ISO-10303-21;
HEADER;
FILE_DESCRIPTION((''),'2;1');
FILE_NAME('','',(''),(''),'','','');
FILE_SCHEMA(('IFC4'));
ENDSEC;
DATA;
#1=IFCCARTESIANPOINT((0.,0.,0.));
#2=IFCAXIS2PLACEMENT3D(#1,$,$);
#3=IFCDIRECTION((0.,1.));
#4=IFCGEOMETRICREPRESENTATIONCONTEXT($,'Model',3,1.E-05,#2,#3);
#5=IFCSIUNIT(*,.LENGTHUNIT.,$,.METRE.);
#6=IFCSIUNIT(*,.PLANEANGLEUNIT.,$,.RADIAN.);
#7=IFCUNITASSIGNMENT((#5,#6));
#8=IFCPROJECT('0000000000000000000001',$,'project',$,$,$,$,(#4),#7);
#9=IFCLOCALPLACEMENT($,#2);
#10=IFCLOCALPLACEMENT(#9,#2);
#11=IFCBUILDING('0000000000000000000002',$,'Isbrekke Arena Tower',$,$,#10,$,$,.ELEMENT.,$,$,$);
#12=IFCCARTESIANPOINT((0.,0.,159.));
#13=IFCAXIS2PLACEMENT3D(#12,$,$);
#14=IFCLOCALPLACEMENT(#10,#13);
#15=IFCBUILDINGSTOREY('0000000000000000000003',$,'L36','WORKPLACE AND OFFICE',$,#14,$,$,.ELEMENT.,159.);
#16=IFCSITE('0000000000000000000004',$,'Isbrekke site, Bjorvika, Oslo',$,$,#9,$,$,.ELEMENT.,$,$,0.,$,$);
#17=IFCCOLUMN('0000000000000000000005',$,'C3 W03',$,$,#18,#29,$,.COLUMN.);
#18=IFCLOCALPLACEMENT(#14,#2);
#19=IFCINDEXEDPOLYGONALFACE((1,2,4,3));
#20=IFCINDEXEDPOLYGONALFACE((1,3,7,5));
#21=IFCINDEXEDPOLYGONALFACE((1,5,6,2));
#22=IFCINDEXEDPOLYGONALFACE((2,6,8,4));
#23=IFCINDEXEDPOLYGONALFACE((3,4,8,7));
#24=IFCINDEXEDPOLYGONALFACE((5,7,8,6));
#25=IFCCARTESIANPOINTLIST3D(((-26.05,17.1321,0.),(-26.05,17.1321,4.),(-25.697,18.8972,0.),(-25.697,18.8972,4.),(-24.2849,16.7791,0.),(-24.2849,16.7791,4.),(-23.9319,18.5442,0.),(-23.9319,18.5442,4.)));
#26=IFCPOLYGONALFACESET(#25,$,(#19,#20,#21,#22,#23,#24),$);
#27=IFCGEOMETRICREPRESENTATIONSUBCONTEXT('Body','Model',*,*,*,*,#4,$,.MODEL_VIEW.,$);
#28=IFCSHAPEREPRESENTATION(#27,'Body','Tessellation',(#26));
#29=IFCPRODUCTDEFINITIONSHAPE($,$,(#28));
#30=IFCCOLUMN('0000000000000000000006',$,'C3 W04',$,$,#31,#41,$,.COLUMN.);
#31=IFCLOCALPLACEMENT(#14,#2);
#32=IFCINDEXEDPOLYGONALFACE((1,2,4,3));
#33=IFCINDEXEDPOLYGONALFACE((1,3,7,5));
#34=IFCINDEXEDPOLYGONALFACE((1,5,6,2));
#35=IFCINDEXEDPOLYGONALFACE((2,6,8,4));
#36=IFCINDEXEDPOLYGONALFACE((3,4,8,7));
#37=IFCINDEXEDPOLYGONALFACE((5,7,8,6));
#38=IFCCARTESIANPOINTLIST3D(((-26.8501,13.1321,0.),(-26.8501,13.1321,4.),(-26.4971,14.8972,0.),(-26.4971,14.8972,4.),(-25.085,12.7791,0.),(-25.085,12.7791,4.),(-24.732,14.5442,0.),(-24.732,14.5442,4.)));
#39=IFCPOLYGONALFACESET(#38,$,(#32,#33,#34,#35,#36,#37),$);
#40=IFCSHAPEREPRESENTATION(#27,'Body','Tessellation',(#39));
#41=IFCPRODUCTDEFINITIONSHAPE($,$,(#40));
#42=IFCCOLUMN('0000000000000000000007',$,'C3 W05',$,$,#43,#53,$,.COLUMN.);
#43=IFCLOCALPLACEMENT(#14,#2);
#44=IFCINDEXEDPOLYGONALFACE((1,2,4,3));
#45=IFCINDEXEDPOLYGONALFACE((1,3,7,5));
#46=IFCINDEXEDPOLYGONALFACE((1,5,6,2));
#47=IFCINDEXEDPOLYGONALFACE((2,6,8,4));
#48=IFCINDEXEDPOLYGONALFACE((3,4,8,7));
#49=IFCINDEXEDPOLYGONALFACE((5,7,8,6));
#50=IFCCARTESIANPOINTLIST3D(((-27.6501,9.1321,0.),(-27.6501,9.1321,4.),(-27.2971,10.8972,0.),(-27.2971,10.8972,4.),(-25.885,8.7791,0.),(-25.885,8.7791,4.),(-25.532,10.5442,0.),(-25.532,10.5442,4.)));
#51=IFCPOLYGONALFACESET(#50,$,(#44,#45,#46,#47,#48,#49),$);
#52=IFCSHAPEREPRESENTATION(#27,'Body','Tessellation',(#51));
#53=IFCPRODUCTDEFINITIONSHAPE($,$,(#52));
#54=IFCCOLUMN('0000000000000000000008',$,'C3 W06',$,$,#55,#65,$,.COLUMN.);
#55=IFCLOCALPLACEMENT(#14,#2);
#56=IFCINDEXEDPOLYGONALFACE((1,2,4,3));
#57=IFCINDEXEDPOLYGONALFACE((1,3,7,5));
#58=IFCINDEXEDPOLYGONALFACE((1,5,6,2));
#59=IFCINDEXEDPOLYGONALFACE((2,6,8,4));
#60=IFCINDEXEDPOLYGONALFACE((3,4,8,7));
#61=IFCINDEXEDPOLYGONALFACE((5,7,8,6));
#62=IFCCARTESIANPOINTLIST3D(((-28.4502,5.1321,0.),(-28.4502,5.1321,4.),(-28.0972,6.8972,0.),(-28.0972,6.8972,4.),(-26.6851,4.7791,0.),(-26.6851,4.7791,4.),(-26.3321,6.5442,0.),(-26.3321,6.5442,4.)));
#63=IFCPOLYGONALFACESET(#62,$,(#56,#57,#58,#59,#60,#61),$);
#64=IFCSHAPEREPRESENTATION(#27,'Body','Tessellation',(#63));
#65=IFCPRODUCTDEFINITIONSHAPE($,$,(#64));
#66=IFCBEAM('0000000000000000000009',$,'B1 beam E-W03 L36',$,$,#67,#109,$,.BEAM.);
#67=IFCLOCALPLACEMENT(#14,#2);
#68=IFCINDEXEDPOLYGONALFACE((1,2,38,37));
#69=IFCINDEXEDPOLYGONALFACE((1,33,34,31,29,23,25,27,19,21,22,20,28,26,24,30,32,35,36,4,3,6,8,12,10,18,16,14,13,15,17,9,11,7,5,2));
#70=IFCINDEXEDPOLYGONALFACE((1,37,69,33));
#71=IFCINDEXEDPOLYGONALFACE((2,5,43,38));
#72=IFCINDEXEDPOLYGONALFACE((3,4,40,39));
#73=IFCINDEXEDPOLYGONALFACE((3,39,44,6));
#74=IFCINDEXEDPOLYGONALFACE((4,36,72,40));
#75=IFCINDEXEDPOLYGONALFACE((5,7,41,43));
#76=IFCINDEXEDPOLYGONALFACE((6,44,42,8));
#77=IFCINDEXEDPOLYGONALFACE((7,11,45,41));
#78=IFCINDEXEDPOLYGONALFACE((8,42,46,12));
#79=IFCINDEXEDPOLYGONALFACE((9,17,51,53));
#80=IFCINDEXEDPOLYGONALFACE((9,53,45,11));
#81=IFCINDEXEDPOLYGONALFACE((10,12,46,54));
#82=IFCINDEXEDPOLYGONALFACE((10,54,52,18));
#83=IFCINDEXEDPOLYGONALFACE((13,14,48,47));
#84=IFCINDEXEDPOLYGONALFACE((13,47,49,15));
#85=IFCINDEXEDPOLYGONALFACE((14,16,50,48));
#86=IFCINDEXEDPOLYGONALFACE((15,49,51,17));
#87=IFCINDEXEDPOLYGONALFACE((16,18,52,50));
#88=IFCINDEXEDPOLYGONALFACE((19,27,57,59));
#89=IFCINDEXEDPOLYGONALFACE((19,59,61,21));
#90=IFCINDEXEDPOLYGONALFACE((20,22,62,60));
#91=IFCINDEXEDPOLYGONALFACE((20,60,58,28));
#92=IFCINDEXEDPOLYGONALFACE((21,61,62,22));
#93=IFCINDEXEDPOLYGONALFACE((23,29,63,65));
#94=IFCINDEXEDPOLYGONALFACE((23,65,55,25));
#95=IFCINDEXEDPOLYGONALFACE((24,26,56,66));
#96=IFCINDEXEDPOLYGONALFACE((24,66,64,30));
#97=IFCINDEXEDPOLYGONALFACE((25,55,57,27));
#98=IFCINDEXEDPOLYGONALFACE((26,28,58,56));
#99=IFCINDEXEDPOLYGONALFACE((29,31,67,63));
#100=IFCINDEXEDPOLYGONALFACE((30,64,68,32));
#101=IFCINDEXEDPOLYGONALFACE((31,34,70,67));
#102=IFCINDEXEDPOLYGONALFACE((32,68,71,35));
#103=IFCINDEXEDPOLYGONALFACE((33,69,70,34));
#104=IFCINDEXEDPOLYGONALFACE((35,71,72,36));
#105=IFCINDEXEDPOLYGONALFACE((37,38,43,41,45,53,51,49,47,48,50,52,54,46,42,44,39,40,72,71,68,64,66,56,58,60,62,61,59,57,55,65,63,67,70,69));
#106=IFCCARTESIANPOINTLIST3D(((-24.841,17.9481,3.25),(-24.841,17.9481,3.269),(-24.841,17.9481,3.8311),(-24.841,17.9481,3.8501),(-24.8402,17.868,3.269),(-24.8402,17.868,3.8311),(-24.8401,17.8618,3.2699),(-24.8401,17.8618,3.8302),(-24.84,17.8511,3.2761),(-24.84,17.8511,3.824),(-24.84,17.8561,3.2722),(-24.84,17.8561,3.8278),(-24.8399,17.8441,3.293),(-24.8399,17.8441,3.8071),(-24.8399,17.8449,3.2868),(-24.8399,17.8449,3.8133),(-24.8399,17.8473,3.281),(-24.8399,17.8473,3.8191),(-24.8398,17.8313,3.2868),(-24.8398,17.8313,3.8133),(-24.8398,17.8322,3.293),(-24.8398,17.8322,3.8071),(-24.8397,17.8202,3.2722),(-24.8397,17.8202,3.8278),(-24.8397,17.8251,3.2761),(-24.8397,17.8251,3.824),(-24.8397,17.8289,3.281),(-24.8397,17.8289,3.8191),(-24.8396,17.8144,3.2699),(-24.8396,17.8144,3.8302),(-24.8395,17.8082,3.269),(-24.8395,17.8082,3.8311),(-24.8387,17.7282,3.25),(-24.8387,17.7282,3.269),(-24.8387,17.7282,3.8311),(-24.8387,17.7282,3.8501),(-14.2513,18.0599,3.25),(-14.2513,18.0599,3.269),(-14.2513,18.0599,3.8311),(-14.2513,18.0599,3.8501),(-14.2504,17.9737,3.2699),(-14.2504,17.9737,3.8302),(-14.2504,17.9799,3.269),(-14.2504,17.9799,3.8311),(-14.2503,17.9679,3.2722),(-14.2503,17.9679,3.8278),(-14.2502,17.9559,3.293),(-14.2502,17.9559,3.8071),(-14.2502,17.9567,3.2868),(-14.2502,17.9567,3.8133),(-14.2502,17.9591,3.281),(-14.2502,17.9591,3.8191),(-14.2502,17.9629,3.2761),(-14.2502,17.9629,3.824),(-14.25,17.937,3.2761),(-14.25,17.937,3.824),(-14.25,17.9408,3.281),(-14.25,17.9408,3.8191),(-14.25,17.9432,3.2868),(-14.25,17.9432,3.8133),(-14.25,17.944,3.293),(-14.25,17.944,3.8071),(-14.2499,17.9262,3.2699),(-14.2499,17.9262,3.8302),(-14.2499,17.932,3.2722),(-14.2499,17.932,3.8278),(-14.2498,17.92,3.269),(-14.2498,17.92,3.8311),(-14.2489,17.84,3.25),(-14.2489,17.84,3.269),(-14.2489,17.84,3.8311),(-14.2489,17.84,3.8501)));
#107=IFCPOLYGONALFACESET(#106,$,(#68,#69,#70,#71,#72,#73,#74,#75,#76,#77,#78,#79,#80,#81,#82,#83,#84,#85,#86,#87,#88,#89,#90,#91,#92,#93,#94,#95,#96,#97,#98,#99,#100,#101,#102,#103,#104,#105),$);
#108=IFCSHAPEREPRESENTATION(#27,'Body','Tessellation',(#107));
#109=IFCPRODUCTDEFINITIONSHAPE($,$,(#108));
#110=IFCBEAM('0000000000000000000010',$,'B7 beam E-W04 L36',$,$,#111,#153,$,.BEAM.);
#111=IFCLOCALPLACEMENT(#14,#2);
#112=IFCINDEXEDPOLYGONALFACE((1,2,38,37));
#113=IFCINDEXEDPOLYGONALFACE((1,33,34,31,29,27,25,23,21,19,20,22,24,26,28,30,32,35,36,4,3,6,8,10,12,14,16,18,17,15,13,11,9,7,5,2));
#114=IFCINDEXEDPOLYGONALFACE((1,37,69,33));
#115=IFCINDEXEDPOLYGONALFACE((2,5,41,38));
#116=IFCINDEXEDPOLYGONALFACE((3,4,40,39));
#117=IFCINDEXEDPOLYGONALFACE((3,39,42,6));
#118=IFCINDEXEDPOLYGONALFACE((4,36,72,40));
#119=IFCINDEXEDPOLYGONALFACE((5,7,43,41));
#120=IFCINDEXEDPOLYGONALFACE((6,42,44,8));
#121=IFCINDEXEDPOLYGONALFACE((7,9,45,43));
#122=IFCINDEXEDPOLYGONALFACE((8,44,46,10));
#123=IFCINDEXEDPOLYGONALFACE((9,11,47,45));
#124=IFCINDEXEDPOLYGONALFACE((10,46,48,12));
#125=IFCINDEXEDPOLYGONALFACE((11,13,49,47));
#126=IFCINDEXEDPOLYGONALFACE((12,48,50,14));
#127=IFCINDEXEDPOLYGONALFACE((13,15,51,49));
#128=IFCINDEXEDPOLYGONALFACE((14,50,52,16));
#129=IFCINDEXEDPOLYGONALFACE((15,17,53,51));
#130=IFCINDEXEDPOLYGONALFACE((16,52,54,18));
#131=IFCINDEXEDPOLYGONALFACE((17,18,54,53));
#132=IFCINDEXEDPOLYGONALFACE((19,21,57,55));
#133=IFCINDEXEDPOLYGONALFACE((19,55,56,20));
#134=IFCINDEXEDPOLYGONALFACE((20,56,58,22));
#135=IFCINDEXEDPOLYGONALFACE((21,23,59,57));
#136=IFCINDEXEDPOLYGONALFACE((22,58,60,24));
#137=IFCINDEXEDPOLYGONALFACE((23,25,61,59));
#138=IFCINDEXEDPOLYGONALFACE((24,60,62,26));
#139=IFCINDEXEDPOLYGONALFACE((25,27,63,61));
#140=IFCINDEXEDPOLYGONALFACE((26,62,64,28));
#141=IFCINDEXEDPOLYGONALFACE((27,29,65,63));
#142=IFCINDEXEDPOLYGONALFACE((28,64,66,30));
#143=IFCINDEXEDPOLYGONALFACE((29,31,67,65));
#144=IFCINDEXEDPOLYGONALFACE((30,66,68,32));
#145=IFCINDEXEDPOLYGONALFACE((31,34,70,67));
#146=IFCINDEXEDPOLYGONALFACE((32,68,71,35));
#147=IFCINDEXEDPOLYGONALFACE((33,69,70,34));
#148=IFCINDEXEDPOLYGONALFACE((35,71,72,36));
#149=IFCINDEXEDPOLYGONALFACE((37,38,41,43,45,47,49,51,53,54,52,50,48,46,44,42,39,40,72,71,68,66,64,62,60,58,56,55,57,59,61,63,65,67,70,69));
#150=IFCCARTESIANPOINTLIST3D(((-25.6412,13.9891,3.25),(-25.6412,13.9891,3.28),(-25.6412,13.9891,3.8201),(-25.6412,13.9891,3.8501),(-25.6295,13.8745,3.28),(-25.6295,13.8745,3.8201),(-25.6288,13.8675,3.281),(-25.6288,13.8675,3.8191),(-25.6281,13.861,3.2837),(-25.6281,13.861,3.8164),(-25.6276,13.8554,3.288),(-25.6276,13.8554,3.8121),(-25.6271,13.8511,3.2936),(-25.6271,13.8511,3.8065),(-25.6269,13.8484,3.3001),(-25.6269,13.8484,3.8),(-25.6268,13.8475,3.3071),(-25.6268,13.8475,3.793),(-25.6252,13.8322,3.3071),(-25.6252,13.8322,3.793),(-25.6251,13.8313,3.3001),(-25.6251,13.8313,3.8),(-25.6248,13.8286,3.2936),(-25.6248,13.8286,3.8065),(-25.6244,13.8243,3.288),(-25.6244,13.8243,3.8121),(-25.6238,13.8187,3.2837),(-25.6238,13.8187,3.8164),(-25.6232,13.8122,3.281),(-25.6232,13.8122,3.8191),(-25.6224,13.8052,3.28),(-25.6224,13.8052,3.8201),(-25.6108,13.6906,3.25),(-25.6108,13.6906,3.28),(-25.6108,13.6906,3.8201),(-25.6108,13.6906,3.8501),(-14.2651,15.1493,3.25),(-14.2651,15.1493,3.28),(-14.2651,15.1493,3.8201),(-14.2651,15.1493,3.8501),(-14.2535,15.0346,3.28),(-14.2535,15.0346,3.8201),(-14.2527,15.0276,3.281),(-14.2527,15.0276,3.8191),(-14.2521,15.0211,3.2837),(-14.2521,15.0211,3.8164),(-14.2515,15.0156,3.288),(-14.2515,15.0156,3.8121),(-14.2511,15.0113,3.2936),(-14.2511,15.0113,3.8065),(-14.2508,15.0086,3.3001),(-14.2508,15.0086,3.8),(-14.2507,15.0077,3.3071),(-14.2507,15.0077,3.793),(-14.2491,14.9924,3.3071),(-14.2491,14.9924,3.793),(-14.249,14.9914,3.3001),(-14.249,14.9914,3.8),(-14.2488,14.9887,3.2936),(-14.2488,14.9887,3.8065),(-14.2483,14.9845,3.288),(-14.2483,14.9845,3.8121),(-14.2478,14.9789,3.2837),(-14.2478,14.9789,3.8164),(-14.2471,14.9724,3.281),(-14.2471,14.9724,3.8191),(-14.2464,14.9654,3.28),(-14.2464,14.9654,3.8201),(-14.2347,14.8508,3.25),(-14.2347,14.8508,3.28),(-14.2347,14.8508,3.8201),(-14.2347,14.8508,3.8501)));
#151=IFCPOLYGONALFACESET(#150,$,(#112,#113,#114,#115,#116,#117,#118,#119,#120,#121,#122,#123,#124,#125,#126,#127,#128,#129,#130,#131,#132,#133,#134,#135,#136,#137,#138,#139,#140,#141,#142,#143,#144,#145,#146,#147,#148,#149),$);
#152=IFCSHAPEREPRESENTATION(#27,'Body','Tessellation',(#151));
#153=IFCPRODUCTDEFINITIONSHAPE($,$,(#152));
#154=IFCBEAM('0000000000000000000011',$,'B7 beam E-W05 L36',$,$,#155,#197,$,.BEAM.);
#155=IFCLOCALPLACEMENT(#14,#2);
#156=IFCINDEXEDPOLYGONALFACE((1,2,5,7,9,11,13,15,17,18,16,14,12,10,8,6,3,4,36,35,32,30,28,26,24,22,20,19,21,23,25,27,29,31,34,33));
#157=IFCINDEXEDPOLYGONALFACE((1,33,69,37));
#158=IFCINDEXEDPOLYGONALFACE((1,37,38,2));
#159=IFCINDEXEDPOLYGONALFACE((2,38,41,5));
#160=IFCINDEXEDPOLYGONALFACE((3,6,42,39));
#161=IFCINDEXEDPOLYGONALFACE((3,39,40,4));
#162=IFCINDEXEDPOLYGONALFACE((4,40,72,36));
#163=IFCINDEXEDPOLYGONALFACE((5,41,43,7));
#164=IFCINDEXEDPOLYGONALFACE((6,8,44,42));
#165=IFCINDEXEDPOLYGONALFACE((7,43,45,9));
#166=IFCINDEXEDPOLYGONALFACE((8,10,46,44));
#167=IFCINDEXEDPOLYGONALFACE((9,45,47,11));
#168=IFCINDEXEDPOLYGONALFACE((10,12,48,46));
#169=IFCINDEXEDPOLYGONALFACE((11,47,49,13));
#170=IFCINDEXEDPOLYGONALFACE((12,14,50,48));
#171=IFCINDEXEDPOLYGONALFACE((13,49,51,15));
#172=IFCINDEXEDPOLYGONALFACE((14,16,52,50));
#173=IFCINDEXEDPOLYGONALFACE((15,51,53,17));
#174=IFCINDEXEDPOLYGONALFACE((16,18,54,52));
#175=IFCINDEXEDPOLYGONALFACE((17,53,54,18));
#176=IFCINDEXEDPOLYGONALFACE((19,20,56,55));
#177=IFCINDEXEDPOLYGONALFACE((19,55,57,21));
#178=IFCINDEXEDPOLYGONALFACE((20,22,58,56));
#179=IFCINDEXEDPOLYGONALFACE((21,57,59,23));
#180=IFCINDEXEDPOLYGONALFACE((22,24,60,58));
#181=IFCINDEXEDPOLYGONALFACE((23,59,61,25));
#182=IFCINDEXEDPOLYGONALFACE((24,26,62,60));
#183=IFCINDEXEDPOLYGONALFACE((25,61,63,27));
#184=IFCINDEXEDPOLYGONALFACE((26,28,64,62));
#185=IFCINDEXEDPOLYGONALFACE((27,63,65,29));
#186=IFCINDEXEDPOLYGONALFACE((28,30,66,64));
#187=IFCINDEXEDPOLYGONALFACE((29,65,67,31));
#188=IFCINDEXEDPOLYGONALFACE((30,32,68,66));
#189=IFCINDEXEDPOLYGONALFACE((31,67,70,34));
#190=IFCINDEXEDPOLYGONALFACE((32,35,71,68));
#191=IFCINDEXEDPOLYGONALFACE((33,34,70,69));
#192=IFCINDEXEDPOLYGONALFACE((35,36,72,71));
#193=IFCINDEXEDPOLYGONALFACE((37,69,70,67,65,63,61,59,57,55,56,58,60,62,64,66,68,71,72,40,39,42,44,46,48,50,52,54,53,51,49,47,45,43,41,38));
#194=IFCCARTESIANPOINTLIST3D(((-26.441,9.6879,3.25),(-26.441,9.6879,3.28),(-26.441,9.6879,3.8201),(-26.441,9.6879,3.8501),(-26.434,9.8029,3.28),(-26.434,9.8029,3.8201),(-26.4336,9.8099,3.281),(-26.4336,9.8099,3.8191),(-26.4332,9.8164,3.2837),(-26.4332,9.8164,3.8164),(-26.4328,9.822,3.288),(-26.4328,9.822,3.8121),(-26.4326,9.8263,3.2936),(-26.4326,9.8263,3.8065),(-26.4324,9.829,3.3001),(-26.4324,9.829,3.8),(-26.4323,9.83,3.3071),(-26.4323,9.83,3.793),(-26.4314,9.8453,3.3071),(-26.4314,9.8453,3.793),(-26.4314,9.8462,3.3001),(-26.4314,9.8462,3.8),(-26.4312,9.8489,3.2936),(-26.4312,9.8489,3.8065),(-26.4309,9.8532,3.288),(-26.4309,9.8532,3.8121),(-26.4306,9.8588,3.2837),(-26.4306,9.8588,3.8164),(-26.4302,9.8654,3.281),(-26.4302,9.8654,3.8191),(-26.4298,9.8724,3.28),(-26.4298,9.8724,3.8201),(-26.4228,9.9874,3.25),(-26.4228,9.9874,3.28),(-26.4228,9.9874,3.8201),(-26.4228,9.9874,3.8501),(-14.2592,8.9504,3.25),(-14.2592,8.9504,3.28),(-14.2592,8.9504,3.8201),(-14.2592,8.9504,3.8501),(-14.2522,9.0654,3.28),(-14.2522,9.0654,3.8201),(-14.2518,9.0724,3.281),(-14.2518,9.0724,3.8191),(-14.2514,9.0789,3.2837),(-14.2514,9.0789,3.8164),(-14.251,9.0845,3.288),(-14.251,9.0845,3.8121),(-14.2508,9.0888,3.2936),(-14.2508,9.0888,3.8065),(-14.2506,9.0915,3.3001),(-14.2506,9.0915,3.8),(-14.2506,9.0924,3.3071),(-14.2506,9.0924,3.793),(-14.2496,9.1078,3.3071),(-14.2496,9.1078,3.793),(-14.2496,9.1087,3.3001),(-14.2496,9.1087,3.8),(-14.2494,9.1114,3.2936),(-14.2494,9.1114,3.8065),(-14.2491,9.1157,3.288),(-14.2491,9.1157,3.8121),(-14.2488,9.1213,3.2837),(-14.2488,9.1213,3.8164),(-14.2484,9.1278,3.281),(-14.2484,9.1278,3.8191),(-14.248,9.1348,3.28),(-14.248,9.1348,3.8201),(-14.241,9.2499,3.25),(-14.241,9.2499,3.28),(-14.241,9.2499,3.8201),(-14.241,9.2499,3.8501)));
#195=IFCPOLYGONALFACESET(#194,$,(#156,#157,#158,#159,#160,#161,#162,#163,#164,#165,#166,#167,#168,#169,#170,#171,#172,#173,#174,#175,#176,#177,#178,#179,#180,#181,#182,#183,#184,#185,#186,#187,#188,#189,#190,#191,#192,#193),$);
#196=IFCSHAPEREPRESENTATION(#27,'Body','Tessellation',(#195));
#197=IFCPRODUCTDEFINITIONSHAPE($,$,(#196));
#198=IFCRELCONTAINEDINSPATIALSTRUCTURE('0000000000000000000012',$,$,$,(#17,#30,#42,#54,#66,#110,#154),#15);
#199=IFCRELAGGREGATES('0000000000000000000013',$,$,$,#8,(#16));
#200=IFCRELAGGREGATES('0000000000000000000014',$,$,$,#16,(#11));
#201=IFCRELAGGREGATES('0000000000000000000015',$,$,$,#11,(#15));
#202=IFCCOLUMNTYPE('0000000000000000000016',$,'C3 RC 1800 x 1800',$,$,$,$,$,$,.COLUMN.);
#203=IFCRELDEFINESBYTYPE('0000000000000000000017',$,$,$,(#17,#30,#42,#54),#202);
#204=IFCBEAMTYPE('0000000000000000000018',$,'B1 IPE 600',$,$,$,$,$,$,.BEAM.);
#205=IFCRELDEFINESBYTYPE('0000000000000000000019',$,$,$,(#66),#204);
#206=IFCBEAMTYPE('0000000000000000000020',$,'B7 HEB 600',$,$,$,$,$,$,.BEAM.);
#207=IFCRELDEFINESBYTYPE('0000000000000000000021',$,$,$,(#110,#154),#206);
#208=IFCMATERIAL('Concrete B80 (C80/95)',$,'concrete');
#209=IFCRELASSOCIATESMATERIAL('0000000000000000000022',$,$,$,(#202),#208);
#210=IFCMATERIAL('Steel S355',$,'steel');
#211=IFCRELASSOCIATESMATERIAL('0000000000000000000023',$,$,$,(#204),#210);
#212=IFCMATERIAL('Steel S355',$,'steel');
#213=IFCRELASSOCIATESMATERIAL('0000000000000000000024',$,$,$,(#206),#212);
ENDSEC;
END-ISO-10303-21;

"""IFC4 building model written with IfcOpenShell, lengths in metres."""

from ifc_helpers import new_model, si_unit, direction, frame, origin, origin_2d, place, context, subcontext, project, spatial, rectangle, i_section, extrude, material, material_profile, profile_set, type_object, element, save


model = new_model("IFC4")

# Units and contexts
model_context = context("Model", 3, precision=1e-05, world=origin(), true_north=direction((0.0, 1.0)))
body_context = subcontext(model_context, "Body", "Model", "MODEL_VIEW")
ifc_project = project(units=[si_unit("LENGTHUNIT", "METRE"), si_unit("PLANEANGLEUNIT", "RADIAN")], contexts=[model_context])

# Site, building, storey
site_placement = place(None, origin())
site = spatial("IfcSite", under=ifc_project, at=site_placement, Name="Isbrekke site, Bjorvika, Oslo", CompositionType="ELEMENT", RefElevation=0.0)
building_placement = place(site_placement, origin())
building = spatial("IfcBuilding", under=site, at=building_placement, Name="Isbrekke Arena Tower", CompositionType="ELEMENT")
storey_placement = place(building_placement, frame((0.0, 0.0, 159.0)))
storey = spatial("IfcBuildingStorey", under=building, at=storey_placement, Name="L36", Description="WORKPLACE AND OFFICE", CompositionType="ELEMENT", Elevation=159.0)

# Columns
ifc_material_1 = material(Name="Concrete B80 (C80/95)", Category="concrete")
ifc_material_profile_1 = material_profile(ifc_material_1, rectangle(XDim=1.8, YDim=1.8, at=origin_2d()), Name="RC 1800x1800")
ifc_profile_set_1 = profile_set([ifc_material_profile_1], Name="Concrete B80 (C80/95)")
column_type = type_object("IfcColumnType", Name="C3 RC 1800 x 1800", PredefinedType="COLUMN", material=ifc_profile_set_1)
for number, where, z_axis, x_axis, name in (
    (1, (-24.991, 17.8381, 0.0), (0.0, 0.0, 1.0), (-0.196116, -0.980581, 0.0), "C3 W03"),
    (2, (-25.791, 13.8381, 0.0), (0.0, 0.0, 1.0), (-0.196116, -0.980581, 0.0), "C3 W04"),
    (3, (-26.5911, 9.8381, 0.0), (0.0, 0.0, 1.0), (-0.196116, -0.980581, 0.0), "C3 W05"),
    (4, (-27.3911, 5.8381, 0.0), (0.0, 0.0, 1.0), (-0.196116, -0.980581, 0.0), "C3 W06"),
):
    element("IfcColumn", number, at=place(storey_placement, frame(where, z_axis=z_axis, x_axis=x_axis)), inside=storey, type_object=column_type, Name=name, PredefinedType="COLUMN", context=body_context, shape_type="SweptSolid", body=[
        extrude(rectangle(XDim=1.8, YDim=1.8, at=origin_2d()), origin(), (0.0, 0.0, 1.0), 4.0),
    ])

# Beams
ifc_material_2 = material(Name="Steel S355", Category="steel")
ifc_material_profile_2 = material_profile(ifc_material_2, i_section(OverallWidth=0.22, OverallDepth=0.6001, WebThickness=0.012, FlangeThickness=0.019, FilletRadius=0.0239, at=origin_2d()), Name="IPE 600")
ifc_profile_set_2 = profile_set([ifc_material_profile_2], Name="Steel S355")
beam_type_1 = type_object("IfcBeamType", Name="B1 IPE 600", PredefinedType="BEAM", material=ifc_profile_set_2)
beam_1_placement = place(storey_placement, frame((-24.8398, 17.8381, 3.55), z_axis=(0.999944, 0.010558, 0.0), x_axis=(-0.010558, 0.999944, 0.0)))
element("IfcBeam", 5, at=beam_1_placement, inside=storey, type_object=beam_type_1, Name="B1 beam E-W03 L36", PredefinedType="BEAM", context=body_context, shape_type="SweptSolid", body=[
    extrude(i_section(OverallWidth=0.22, OverallDepth=0.6001, WebThickness=0.012, FlangeThickness=0.019, FilletRadius=0.0239, at=origin_2d()), origin(), (0.0, 0.0, 1.0), 10.5903),
])
ifc_material_3 = material(Name="Steel S355", Category="steel")
ifc_material_profile_3 = material_profile(ifc_material_3, i_section(OverallWidth=0.3, OverallDepth=0.6001, WebThickness=0.0154, FlangeThickness=0.03, FilletRadius=0.0271, at=origin_2d()), Name="HEB 600")
ifc_profile_set_3 = profile_set([ifc_material_profile_3], Name="Steel S355")
beam_type_2 = type_object("IfcBeamType", Name="B7 HEB 600", PredefinedType="BEAM", material=ifc_profile_set_3)
beam_2_placement = place(storey_placement, frame((-25.626, 13.8398, 3.55), z_axis=(0.99484, 0.101457, 0.0), x_axis=(-0.101457, 0.99484, 0.0)))
element("IfcBeam", 6, at=beam_2_placement, inside=storey, type_object=beam_type_2, Name="B7 beam E-W04 L36", PredefinedType="BEAM", context=body_context, shape_type="SweptSolid", body=[
    extrude(i_section(OverallWidth=0.3, OverallDepth=0.6001, WebThickness=0.0154, FlangeThickness=0.03, FilletRadius=0.0271, at=origin_2d()), origin(), (0.0, 0.0, 1.0), 11.4351),
])
beam_3_placement = place(storey_placement, frame((-26.4319, 9.8376, 3.55), z_axis=(0.998172, -0.060434, 0.0), x_axis=(0.060434, 0.998172, 0.0)))
element("IfcBeam", 7, at=beam_3_placement, inside=storey, type_object=beam_type_2, Name="B7 beam E-W05 L36", PredefinedType="BEAM", context=body_context, shape_type="SweptSolid", body=[
    extrude(i_section(OverallWidth=0.3, OverallDepth=0.6001, WebThickness=0.0154, FlangeThickness=0.03, FilletRadius=0.0271, at=origin_2d()), origin(), (0.0, 0.0, 1.0), 12.2041),
])

save(model, "model.ifc")
